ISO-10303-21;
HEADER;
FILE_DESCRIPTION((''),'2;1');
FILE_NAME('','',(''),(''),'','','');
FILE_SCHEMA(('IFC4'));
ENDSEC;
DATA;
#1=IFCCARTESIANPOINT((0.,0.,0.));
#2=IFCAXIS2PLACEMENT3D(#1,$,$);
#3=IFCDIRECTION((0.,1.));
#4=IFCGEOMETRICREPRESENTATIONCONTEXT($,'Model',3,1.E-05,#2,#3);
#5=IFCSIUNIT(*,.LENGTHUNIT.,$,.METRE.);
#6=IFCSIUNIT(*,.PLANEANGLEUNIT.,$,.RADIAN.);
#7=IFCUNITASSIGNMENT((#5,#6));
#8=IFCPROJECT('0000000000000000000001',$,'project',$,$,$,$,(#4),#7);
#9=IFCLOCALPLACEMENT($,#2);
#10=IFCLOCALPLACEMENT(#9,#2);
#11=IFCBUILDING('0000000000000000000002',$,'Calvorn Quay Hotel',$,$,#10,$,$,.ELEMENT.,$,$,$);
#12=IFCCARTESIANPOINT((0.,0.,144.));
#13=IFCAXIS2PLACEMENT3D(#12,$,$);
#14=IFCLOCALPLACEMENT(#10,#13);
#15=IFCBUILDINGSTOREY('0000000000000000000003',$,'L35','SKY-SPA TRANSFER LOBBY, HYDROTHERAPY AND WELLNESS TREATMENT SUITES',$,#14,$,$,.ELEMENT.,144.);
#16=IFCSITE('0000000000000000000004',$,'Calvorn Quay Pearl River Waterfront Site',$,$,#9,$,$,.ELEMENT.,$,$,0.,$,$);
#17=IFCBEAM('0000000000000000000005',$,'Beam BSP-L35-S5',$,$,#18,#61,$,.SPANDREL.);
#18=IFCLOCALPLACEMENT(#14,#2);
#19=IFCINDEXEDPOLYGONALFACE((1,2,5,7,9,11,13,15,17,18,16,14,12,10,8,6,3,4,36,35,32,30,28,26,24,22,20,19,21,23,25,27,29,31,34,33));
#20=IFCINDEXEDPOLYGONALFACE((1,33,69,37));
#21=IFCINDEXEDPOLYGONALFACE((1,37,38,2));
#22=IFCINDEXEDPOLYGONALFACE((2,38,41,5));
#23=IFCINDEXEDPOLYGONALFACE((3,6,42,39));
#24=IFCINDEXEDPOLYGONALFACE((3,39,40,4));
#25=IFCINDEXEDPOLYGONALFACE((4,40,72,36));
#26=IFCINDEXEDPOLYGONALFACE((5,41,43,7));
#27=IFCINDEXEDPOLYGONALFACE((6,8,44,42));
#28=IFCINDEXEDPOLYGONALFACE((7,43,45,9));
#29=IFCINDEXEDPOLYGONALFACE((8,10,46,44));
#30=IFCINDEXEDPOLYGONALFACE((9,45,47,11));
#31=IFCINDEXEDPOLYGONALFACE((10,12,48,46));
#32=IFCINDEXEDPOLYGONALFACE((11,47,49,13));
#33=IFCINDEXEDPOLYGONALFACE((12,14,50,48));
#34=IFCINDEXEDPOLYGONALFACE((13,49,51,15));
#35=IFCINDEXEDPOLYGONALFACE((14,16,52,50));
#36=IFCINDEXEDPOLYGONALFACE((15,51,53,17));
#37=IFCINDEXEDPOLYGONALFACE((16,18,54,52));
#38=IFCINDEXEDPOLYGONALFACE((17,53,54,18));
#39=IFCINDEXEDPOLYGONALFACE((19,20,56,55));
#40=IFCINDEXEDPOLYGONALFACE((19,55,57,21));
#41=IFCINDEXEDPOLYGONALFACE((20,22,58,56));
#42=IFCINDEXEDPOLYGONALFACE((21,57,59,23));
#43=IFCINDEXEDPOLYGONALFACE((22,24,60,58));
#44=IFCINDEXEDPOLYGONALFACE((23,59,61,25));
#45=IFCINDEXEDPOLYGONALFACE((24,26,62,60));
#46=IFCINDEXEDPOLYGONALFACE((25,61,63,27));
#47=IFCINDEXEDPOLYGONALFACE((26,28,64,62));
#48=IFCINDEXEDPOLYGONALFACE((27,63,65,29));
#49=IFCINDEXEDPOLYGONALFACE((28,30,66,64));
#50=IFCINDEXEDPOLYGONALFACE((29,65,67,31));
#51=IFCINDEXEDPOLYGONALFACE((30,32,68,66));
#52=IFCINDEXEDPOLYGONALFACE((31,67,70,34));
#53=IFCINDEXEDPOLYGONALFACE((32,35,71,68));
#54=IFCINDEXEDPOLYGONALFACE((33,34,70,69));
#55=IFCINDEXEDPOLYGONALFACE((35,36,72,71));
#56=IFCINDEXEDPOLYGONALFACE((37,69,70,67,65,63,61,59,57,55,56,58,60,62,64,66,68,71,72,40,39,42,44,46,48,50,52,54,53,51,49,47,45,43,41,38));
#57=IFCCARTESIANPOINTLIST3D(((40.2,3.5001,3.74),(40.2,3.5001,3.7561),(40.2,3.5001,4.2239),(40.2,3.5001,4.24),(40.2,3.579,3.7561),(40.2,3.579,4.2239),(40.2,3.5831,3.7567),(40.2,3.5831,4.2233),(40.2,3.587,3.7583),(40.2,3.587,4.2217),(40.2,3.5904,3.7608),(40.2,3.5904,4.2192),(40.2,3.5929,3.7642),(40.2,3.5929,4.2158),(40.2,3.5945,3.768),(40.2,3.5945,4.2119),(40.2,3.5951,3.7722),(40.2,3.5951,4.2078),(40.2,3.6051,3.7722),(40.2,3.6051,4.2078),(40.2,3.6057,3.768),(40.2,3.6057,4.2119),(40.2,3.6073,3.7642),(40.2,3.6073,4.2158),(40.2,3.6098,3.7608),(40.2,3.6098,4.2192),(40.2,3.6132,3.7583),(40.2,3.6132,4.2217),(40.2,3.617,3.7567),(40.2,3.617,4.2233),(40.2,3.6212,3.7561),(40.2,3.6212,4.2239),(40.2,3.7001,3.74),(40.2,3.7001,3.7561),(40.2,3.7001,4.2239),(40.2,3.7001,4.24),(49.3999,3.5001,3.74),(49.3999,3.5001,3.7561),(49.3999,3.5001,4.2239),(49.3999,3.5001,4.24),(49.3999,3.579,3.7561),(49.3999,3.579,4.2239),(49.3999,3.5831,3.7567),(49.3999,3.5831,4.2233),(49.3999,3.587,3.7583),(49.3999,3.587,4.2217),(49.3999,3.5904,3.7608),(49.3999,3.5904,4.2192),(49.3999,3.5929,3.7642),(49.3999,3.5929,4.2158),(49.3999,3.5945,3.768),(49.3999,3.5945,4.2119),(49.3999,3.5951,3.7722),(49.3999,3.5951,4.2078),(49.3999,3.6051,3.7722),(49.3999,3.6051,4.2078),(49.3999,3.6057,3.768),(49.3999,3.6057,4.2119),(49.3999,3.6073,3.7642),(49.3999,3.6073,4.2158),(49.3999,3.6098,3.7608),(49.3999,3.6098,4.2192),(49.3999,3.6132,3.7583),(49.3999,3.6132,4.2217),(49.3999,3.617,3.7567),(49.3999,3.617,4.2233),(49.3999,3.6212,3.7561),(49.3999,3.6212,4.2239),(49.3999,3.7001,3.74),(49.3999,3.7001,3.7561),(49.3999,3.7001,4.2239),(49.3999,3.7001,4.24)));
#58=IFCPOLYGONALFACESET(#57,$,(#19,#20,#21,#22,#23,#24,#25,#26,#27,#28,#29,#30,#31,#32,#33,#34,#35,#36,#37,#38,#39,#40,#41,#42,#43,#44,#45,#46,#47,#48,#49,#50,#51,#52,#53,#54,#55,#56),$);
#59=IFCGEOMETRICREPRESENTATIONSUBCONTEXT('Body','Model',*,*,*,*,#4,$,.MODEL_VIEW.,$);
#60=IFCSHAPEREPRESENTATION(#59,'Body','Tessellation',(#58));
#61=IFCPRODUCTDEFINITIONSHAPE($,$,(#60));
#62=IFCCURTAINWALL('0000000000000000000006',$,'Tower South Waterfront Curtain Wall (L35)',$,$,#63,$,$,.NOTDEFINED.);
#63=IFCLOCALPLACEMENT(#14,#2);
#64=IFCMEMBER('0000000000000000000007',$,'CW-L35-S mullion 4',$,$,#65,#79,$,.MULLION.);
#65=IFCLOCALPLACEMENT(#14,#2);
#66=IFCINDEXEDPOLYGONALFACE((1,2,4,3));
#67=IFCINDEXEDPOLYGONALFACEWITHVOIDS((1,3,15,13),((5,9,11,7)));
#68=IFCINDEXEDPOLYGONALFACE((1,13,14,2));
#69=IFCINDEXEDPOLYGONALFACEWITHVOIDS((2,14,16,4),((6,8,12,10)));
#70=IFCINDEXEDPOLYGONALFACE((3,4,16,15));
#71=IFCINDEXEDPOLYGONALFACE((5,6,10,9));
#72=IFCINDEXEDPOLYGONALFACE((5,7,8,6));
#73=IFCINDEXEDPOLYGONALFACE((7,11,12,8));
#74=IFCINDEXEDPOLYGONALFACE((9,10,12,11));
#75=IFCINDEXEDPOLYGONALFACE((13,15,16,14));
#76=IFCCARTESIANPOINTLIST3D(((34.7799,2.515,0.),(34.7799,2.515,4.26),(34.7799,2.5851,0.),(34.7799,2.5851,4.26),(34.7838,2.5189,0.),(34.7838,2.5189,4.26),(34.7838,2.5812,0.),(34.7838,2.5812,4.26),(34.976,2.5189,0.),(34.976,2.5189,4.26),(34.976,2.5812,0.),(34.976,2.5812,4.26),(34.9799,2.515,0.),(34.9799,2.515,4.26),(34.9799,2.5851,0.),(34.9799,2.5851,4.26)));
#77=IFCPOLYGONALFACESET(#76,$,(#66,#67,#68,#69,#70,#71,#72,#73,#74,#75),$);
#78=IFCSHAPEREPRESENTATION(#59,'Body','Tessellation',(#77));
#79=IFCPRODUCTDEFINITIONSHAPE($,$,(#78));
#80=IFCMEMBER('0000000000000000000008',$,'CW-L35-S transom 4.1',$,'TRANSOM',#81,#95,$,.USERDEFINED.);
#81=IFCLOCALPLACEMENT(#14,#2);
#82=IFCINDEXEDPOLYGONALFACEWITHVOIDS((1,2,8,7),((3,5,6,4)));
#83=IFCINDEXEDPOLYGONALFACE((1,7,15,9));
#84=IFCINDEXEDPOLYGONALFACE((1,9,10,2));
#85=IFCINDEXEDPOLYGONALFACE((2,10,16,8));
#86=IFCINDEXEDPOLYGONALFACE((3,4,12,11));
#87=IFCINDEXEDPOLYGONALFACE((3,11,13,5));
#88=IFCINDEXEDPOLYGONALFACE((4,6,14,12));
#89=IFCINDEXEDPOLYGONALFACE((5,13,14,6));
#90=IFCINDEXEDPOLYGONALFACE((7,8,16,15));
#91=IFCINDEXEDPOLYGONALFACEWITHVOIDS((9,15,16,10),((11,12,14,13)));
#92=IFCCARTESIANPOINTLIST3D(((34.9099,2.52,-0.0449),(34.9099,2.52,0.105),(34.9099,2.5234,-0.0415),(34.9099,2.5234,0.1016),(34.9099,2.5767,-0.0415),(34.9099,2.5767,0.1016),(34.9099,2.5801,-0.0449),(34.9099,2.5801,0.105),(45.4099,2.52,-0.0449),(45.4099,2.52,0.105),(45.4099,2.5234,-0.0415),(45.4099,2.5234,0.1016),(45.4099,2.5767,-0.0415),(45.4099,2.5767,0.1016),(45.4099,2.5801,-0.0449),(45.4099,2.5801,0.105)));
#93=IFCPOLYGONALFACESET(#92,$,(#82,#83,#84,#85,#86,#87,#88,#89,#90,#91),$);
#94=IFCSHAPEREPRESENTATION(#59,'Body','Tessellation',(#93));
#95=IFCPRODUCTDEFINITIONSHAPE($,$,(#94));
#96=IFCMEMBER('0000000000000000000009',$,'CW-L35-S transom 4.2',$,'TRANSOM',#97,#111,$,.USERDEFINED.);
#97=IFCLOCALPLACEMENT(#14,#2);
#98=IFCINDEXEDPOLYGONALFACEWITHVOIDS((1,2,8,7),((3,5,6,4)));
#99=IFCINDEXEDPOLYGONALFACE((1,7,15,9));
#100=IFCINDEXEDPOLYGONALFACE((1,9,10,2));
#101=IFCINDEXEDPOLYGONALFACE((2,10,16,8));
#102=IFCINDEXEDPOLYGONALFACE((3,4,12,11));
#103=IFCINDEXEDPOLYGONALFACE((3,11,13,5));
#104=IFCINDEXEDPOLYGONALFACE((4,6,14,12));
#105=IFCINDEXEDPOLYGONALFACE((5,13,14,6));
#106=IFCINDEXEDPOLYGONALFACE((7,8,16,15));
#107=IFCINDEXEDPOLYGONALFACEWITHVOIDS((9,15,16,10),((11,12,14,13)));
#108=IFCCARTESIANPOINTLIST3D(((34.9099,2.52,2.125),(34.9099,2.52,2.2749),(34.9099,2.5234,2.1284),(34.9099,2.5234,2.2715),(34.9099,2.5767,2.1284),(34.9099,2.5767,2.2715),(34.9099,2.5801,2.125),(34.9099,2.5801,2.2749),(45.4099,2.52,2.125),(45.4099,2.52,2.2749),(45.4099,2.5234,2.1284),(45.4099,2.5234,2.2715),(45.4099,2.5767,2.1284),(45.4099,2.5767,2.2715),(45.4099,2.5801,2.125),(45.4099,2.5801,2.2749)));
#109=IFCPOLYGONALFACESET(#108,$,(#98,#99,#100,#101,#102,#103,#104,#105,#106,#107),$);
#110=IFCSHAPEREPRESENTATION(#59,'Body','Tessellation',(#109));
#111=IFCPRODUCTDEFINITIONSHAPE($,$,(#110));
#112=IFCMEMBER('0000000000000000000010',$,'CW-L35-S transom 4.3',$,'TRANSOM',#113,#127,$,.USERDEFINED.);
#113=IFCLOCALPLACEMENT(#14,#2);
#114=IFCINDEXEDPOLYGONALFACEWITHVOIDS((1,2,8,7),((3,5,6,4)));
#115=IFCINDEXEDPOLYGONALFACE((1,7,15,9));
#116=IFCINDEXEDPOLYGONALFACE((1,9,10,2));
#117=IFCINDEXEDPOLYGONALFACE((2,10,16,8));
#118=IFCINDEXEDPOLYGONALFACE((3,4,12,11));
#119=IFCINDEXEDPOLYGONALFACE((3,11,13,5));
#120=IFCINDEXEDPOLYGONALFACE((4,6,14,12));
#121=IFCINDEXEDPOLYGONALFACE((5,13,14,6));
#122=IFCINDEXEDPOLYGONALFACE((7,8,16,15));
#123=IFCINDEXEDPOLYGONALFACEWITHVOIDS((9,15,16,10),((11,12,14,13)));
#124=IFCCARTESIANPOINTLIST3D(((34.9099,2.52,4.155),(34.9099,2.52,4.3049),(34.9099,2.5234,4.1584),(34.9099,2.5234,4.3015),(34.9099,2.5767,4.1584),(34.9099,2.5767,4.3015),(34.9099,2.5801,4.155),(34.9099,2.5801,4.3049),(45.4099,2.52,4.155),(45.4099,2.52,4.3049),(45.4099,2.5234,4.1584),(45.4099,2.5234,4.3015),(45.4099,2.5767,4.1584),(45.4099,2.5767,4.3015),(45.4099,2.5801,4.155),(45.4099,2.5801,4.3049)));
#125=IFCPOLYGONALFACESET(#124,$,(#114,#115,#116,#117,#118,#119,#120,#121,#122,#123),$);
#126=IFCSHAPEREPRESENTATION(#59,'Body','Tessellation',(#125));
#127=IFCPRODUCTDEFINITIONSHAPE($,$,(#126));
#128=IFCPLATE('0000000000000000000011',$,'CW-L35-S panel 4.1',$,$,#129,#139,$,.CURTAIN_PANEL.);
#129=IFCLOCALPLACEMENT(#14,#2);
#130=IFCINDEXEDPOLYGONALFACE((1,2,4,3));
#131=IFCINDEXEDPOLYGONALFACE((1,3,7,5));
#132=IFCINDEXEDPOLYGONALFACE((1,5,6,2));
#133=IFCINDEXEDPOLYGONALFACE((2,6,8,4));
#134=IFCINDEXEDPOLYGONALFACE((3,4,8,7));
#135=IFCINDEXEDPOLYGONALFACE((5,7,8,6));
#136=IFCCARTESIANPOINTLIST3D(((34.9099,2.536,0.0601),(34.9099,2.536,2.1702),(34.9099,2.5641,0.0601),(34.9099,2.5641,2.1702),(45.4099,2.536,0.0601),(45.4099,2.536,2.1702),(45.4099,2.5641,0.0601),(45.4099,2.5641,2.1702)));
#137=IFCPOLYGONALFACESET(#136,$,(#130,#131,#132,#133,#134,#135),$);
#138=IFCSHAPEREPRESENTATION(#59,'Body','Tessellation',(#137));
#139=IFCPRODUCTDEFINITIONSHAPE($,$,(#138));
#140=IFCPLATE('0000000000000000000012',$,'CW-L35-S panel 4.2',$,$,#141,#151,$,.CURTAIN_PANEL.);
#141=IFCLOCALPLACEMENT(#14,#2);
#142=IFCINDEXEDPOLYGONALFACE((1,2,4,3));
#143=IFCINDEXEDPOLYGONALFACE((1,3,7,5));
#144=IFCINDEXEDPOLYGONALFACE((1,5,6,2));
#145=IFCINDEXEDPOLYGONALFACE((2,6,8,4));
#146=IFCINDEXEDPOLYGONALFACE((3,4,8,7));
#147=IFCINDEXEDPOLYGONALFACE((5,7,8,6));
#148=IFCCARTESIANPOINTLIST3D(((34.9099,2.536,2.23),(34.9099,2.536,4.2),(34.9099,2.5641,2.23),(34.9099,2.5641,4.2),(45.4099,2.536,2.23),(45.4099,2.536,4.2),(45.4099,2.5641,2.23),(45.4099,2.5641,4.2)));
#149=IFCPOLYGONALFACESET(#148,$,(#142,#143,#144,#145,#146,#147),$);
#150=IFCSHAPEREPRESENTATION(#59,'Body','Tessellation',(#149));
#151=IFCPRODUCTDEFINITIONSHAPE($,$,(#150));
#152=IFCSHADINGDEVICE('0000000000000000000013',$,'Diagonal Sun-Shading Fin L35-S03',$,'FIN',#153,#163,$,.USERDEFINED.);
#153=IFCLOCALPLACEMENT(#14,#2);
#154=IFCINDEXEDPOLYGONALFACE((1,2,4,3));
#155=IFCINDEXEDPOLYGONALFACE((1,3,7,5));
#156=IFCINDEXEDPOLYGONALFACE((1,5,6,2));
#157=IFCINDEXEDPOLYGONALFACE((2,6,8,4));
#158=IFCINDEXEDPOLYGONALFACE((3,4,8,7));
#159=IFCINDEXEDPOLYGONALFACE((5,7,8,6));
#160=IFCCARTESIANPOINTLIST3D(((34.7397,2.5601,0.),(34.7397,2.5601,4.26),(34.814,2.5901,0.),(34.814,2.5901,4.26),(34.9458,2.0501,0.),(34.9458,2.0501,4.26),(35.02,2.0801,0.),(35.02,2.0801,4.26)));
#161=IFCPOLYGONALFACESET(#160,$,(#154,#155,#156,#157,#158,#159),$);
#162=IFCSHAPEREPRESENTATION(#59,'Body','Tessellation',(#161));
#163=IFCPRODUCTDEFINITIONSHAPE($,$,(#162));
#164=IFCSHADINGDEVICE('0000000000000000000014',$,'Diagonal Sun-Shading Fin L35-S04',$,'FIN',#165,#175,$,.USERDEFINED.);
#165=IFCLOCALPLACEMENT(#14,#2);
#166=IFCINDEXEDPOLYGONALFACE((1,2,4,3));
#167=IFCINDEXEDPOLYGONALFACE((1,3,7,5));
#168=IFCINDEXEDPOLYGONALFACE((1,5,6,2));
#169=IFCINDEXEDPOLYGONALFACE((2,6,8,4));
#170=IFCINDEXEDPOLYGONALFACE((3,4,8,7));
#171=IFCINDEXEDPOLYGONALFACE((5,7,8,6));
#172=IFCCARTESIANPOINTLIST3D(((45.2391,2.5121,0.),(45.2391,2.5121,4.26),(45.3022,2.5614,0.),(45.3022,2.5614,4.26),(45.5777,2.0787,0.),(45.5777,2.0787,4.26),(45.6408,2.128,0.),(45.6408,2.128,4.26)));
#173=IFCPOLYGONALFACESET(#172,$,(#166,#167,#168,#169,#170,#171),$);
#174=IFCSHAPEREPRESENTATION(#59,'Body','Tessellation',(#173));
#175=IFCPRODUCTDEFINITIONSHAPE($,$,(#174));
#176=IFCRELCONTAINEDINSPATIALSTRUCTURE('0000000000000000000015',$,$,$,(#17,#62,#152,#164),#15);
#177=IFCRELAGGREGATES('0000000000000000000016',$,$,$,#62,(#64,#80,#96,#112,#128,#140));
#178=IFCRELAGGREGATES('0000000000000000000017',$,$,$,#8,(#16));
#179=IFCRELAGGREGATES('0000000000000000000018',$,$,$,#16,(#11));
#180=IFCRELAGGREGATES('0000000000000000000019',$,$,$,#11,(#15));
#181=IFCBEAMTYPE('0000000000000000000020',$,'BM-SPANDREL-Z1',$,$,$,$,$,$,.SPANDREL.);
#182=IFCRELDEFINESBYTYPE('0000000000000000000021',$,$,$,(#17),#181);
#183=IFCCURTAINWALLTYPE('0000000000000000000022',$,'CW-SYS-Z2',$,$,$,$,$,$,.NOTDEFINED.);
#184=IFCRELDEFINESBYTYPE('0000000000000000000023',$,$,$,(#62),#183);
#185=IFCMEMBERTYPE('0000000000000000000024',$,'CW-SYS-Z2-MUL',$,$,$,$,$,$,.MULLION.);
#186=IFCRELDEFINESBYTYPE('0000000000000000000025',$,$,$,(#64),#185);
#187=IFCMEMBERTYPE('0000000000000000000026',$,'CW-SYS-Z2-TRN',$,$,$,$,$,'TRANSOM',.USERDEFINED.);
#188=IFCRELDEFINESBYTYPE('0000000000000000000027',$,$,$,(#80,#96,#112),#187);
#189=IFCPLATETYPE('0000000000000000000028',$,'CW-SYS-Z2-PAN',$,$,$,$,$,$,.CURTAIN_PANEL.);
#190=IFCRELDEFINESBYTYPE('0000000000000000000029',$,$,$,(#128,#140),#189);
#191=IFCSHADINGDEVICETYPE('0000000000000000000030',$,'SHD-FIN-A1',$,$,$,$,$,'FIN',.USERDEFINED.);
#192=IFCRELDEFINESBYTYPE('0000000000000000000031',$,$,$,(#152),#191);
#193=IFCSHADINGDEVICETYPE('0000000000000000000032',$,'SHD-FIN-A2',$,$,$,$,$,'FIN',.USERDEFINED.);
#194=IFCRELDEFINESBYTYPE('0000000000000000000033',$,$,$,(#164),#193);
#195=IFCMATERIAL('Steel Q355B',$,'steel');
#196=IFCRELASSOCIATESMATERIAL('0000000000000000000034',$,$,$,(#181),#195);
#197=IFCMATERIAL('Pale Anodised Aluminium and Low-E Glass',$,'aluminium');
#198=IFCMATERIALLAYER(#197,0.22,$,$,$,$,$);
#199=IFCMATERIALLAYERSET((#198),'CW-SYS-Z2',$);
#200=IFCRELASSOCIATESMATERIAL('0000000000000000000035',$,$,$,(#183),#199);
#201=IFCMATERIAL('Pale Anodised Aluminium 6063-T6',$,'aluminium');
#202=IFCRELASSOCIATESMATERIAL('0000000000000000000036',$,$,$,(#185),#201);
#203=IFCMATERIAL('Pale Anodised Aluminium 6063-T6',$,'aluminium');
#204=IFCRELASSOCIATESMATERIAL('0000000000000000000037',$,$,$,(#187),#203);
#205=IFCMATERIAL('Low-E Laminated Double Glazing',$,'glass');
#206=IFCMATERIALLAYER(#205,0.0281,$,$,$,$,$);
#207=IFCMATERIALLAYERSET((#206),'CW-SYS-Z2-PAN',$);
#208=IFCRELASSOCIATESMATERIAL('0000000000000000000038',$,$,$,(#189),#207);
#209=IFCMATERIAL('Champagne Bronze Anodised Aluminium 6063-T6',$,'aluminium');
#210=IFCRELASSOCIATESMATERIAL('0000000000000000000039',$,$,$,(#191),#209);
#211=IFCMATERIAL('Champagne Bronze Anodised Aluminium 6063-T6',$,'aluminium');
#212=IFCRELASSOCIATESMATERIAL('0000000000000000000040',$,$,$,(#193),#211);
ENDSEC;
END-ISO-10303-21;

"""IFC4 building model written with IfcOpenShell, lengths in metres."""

from ifc_helpers import new_model, si_unit, direction, frame, origin, origin_2d, place, context, subcontext, project, spatial, rectangle, hollow_rectangle, i_section, extrude, material, layer, layer_set, material_profile, profile_set, type_object, element, aggregate, save


model = new_model("IFC4")

# Units and contexts
model_context = context("Model", 3, precision=1e-05, world=origin(), true_north=direction((0.0, 1.0)))
body_context = subcontext(model_context, "Body", "Model", "MODEL_VIEW")
ifc_project = project(units=[si_unit("LENGTHUNIT", "METRE"), si_unit("PLANEANGLEUNIT", "RADIAN")], contexts=[model_context])

# Site, building, storey
site_placement = place(None, origin())
site = spatial("IfcSite", under=ifc_project, at=site_placement, Name="Calvorn Quay Pearl River Waterfront Site", CompositionType="ELEMENT", RefElevation=0.0)
building_placement = place(site_placement, origin())
building = spatial("IfcBuilding", under=site, at=building_placement, Name="Calvorn Quay Hotel", CompositionType="ELEMENT")
storey_placement = place(building_placement, frame((0.0, 0.0, 144.0)))
storey = spatial("IfcBuildingStorey", under=building, at=storey_placement, Name="L35", Description="SKY-SPA TRANSFER LOBBY, HYDROTHERAPY AND WELLNESS TREATMENT SUITES", CompositionType="ELEMENT", Elevation=144.0)

# Beam
ifc_material_1 = material(Name="Steel Q355B", Category="steel")
ifc_material_profile_1 = material_profile(ifc_material_1, i_section(OverallWidth=0.2, OverallDepth=0.5, WebThickness=0.01, FlangeThickness=0.0161, FilletRadius=0.0161, at=origin_2d()), Name="HN500x200x10x16")
ifc_profile_set_1 = profile_set([ifc_material_profile_1], Name="Steel Q355B")
beam_type_1 = type_object("IfcBeamType", Name="BM-SPANDREL-Z1", PredefinedType="SPANDREL", material=ifc_profile_set_1)
beam_1_placement = place(storey_placement, frame((40.2, 3.6001, 3.99), z_axis=(1.0, 0.0, 0.0), x_axis=(0.0, 1.0, 0.0)))
element("IfcBeam", 1, at=beam_1_placement, inside=storey, type_object=beam_type_1, Name="Beam BSP-L35-S5", PredefinedType="SPANDREL", context=body_context, shape_type="SweptSolid", body=[
    extrude(i_section(OverallWidth=0.2, OverallDepth=0.5, WebThickness=0.01, FlangeThickness=0.0161, FilletRadius=0.0161, at=origin_2d()), origin(), (0.0, 0.0, 1.0), 9.2),
])

# Curtain wall, members, plates
ifc_material_2 = material(Name="Pale Anodised Aluminium and Low-E Glass", Category="aluminium")
ifc_layer_1 = layer(ifc_material_2, 0.22)
ifc_layer_set_1 = layer_set([ifc_layer_1], Name="CW-SYS-Z2")
curtain_wall_type = type_object("IfcCurtainWallType", Name="CW-SYS-Z2", PredefinedType="NOTDEFINED", material=ifc_layer_set_1)
curtain_wall_placement = place(storey_placement, origin())
curtain_wall = element("IfcCurtainWall", 2, at=curtain_wall_placement, inside=storey, type_object=curtain_wall_type, Name="Tower South Waterfront Curtain Wall (L35)", PredefinedType="NOTDEFINED")
ifc_material_3 = material(Name="Pale Anodised Aluminium 6063-T6", Category="aluminium")
ifc_material_profile_2 = material_profile(ifc_material_3, hollow_rectangle(XDim=0.0701, YDim=0.2, WallThickness=0.0039, at=origin_2d()), Name="ALU-M200x70x4")
ifc_profile_set_2 = profile_set([ifc_material_profile_2], Name="Pale Anodised Aluminium 6063-T6")
member_type_1 = type_object("IfcMemberType", Name="CW-SYS-Z2-MUL", PredefinedType="MULLION", material=ifc_profile_set_2)
member_1_placement = place(storey_placement, frame((34.8799, 2.55, 0.0), z_axis=(0.0, 0.0, 1.0), x_axis=(0.0, 1.0, 0.0)))
member_1 = element("IfcMember", 3, at=member_1_placement, type_object=member_type_1, Name="CW-L35-S mullion 4", PredefinedType="MULLION", context=body_context, shape_type="SweptSolid", body=[
    extrude(hollow_rectangle(XDim=0.0701, YDim=0.2, WallThickness=0.0039, at=origin_2d()), origin(), (0.0, 0.0, 1.0), 4.26),
])
ifc_material_4 = material(Name="Pale Anodised Aluminium 6063-T6", Category="aluminium")
ifc_material_profile_3 = material_profile(ifc_material_4, hollow_rectangle(XDim=0.0601, YDim=0.1499, WallThickness=0.0034, at=origin_2d()), Name="ALU-T150x60x3.5")
ifc_profile_set_3 = profile_set([ifc_material_profile_3], Name="Pale Anodised Aluminium 6063-T6")
member_type_2 = type_object("IfcMemberType", Name="CW-SYS-Z2-TRN", ElementType="TRANSOM", PredefinedType="USERDEFINED", material=ifc_profile_set_3)
member_2_placement = place(storey_placement, frame((34.9099, 2.55, 0.03), z_axis=(1.0, 0.0, 0.0), x_axis=(0.0, 1.0, 0.0)))
member_2 = element("IfcMember", 4, at=member_2_placement, type_object=member_type_2, Name="CW-L35-S transom 4.1", ObjectType="TRANSOM", PredefinedType="USERDEFINED", context=body_context, shape_type="SweptSolid", body=[
    extrude(hollow_rectangle(XDim=0.0601, YDim=0.1499, WallThickness=0.0034, at=origin_2d()), origin(), (0.0, 0.0, 1.0), 10.5),
])
member_3_placement = place(storey_placement, frame((34.9099, 2.55, 2.2), z_axis=(1.0, 0.0, 0.0), x_axis=(0.0, 1.0, 0.0)))
member_3 = element("IfcMember", 5, at=member_3_placement, type_object=member_type_2, Name="CW-L35-S transom 4.2", ObjectType="TRANSOM", PredefinedType="USERDEFINED", context=body_context, shape_type="SweptSolid", body=[
    extrude(hollow_rectangle(XDim=0.0601, YDim=0.1499, WallThickness=0.0034, at=origin_2d()), origin(), (0.0, 0.0, 1.0), 10.5),
])
member_4_placement = place(storey_placement, frame((34.9099, 2.55, 4.23), z_axis=(1.0, 0.0, 0.0), x_axis=(0.0, 1.0, 0.0)))
member_4 = element("IfcMember", 6, at=member_4_placement, type_object=member_type_2, Name="CW-L35-S transom 4.3", ObjectType="TRANSOM", PredefinedType="USERDEFINED", context=body_context, shape_type="SweptSolid", body=[
    extrude(hollow_rectangle(XDim=0.0601, YDim=0.1499, WallThickness=0.0034, at=origin_2d()), origin(), (0.0, 0.0, 1.0), 10.5),
])
ifc_material_5 = material(Name="Low-E Laminated Double Glazing", Category="glass")
ifc_layer_2 = layer(ifc_material_5, 0.0281)
ifc_layer_set_2 = layer_set([ifc_layer_2], Name="CW-SYS-Z2-PAN")
plate_type = type_object("IfcPlateType", Name="CW-SYS-Z2-PAN", PredefinedType="CURTAIN_PANEL", material=ifc_layer_set_2)
plate_1_placement = place(storey_placement, frame((40.1599, 2.55, 0.0601), z_axis=(0.0, 0.0, 1.0), x_axis=(1.0, 0.0, 0.0)))
plate_1 = element("IfcPlate", 7, at=plate_1_placement, type_object=plate_type, Name="CW-L35-S panel 4.1", PredefinedType="CURTAIN_PANEL", context=body_context, shape_type="SweptSolid", body=[
    extrude(rectangle(XDim=10.5, YDim=0.0281, at=origin_2d()), origin(), (0.0, 0.0, 1.0), 2.1101),
])
plate_2_placement = place(storey_placement, frame((40.1599, 2.55, 2.23), z_axis=(0.0, 0.0, 1.0), x_axis=(1.0, 0.0, 0.0)))
plate_2 = element("IfcPlate", 8, at=plate_2_placement, type_object=plate_type, Name="CW-L35-S panel 4.2", PredefinedType="CURTAIN_PANEL", context=body_context, shape_type="SweptSolid", body=[
    extrude(rectangle(XDim=10.5, YDim=0.0281, at=origin_2d()), origin(), (0.0, 0.0, 1.0), 1.97),
])
aggregate(curtain_wall, [member_1, member_2, member_3, member_4, plate_1, plate_2])

# Shading devices
ifc_material_6 = material(Name="Champagne Bronze Anodised Aluminium 6063-T6", Category="aluminium")
shading_device_type_1 = type_object("IfcShadingDeviceType", Name="SHD-FIN-A1", ElementType="FIN", PredefinedType="USERDEFINED", material=ifc_material_6)
shading_device_1_placement = place(storey_placement, frame((34.8799, 2.3201, 0.0), z_axis=(0.0, 0.0, 1.0), x_axis=(-0.374607, 0.927184, 0.0)))
element("IfcShadingDevice", 9, at=shading_device_1_placement, inside=storey, type_object=shading_device_type_1, Name="Diagonal Sun-Shading Fin L35-S03", ObjectType="FIN", PredefinedType="USERDEFINED", context=body_context, shape_type="SweptSolid", body=[
    extrude(rectangle(XDim=0.55, YDim=0.0801, at=origin_2d()), origin(), (0.0, 0.0, 1.0), 4.26),
])
ifc_material_7 = material(Name="Champagne Bronze Anodised Aluminium 6063-T6", Category="aluminium")
shading_device_type_2 = type_object("IfcShadingDeviceType", Name="SHD-FIN-A2", ElementType="FIN", PredefinedType="USERDEFINED", material=ifc_material_7)
shading_device_2_placement = place(storey_placement, frame((45.4399, 2.3201, 0.0), z_axis=(0.0, 0.0, 1.0), x_axis=(-0.615661, 0.788011, 0.0)))
element("IfcShadingDevice", 10, at=shading_device_2_placement, inside=storey, type_object=shading_device_type_2, Name="Diagonal Sun-Shading Fin L35-S04", ObjectType="FIN", PredefinedType="USERDEFINED", context=body_context, shape_type="SweptSolid", body=[
    extrude(rectangle(XDim=0.55, YDim=0.0801, at=origin_2d()), origin(), (0.0, 0.0, 1.0), 4.26),
])

save(model, "model.ifc")
